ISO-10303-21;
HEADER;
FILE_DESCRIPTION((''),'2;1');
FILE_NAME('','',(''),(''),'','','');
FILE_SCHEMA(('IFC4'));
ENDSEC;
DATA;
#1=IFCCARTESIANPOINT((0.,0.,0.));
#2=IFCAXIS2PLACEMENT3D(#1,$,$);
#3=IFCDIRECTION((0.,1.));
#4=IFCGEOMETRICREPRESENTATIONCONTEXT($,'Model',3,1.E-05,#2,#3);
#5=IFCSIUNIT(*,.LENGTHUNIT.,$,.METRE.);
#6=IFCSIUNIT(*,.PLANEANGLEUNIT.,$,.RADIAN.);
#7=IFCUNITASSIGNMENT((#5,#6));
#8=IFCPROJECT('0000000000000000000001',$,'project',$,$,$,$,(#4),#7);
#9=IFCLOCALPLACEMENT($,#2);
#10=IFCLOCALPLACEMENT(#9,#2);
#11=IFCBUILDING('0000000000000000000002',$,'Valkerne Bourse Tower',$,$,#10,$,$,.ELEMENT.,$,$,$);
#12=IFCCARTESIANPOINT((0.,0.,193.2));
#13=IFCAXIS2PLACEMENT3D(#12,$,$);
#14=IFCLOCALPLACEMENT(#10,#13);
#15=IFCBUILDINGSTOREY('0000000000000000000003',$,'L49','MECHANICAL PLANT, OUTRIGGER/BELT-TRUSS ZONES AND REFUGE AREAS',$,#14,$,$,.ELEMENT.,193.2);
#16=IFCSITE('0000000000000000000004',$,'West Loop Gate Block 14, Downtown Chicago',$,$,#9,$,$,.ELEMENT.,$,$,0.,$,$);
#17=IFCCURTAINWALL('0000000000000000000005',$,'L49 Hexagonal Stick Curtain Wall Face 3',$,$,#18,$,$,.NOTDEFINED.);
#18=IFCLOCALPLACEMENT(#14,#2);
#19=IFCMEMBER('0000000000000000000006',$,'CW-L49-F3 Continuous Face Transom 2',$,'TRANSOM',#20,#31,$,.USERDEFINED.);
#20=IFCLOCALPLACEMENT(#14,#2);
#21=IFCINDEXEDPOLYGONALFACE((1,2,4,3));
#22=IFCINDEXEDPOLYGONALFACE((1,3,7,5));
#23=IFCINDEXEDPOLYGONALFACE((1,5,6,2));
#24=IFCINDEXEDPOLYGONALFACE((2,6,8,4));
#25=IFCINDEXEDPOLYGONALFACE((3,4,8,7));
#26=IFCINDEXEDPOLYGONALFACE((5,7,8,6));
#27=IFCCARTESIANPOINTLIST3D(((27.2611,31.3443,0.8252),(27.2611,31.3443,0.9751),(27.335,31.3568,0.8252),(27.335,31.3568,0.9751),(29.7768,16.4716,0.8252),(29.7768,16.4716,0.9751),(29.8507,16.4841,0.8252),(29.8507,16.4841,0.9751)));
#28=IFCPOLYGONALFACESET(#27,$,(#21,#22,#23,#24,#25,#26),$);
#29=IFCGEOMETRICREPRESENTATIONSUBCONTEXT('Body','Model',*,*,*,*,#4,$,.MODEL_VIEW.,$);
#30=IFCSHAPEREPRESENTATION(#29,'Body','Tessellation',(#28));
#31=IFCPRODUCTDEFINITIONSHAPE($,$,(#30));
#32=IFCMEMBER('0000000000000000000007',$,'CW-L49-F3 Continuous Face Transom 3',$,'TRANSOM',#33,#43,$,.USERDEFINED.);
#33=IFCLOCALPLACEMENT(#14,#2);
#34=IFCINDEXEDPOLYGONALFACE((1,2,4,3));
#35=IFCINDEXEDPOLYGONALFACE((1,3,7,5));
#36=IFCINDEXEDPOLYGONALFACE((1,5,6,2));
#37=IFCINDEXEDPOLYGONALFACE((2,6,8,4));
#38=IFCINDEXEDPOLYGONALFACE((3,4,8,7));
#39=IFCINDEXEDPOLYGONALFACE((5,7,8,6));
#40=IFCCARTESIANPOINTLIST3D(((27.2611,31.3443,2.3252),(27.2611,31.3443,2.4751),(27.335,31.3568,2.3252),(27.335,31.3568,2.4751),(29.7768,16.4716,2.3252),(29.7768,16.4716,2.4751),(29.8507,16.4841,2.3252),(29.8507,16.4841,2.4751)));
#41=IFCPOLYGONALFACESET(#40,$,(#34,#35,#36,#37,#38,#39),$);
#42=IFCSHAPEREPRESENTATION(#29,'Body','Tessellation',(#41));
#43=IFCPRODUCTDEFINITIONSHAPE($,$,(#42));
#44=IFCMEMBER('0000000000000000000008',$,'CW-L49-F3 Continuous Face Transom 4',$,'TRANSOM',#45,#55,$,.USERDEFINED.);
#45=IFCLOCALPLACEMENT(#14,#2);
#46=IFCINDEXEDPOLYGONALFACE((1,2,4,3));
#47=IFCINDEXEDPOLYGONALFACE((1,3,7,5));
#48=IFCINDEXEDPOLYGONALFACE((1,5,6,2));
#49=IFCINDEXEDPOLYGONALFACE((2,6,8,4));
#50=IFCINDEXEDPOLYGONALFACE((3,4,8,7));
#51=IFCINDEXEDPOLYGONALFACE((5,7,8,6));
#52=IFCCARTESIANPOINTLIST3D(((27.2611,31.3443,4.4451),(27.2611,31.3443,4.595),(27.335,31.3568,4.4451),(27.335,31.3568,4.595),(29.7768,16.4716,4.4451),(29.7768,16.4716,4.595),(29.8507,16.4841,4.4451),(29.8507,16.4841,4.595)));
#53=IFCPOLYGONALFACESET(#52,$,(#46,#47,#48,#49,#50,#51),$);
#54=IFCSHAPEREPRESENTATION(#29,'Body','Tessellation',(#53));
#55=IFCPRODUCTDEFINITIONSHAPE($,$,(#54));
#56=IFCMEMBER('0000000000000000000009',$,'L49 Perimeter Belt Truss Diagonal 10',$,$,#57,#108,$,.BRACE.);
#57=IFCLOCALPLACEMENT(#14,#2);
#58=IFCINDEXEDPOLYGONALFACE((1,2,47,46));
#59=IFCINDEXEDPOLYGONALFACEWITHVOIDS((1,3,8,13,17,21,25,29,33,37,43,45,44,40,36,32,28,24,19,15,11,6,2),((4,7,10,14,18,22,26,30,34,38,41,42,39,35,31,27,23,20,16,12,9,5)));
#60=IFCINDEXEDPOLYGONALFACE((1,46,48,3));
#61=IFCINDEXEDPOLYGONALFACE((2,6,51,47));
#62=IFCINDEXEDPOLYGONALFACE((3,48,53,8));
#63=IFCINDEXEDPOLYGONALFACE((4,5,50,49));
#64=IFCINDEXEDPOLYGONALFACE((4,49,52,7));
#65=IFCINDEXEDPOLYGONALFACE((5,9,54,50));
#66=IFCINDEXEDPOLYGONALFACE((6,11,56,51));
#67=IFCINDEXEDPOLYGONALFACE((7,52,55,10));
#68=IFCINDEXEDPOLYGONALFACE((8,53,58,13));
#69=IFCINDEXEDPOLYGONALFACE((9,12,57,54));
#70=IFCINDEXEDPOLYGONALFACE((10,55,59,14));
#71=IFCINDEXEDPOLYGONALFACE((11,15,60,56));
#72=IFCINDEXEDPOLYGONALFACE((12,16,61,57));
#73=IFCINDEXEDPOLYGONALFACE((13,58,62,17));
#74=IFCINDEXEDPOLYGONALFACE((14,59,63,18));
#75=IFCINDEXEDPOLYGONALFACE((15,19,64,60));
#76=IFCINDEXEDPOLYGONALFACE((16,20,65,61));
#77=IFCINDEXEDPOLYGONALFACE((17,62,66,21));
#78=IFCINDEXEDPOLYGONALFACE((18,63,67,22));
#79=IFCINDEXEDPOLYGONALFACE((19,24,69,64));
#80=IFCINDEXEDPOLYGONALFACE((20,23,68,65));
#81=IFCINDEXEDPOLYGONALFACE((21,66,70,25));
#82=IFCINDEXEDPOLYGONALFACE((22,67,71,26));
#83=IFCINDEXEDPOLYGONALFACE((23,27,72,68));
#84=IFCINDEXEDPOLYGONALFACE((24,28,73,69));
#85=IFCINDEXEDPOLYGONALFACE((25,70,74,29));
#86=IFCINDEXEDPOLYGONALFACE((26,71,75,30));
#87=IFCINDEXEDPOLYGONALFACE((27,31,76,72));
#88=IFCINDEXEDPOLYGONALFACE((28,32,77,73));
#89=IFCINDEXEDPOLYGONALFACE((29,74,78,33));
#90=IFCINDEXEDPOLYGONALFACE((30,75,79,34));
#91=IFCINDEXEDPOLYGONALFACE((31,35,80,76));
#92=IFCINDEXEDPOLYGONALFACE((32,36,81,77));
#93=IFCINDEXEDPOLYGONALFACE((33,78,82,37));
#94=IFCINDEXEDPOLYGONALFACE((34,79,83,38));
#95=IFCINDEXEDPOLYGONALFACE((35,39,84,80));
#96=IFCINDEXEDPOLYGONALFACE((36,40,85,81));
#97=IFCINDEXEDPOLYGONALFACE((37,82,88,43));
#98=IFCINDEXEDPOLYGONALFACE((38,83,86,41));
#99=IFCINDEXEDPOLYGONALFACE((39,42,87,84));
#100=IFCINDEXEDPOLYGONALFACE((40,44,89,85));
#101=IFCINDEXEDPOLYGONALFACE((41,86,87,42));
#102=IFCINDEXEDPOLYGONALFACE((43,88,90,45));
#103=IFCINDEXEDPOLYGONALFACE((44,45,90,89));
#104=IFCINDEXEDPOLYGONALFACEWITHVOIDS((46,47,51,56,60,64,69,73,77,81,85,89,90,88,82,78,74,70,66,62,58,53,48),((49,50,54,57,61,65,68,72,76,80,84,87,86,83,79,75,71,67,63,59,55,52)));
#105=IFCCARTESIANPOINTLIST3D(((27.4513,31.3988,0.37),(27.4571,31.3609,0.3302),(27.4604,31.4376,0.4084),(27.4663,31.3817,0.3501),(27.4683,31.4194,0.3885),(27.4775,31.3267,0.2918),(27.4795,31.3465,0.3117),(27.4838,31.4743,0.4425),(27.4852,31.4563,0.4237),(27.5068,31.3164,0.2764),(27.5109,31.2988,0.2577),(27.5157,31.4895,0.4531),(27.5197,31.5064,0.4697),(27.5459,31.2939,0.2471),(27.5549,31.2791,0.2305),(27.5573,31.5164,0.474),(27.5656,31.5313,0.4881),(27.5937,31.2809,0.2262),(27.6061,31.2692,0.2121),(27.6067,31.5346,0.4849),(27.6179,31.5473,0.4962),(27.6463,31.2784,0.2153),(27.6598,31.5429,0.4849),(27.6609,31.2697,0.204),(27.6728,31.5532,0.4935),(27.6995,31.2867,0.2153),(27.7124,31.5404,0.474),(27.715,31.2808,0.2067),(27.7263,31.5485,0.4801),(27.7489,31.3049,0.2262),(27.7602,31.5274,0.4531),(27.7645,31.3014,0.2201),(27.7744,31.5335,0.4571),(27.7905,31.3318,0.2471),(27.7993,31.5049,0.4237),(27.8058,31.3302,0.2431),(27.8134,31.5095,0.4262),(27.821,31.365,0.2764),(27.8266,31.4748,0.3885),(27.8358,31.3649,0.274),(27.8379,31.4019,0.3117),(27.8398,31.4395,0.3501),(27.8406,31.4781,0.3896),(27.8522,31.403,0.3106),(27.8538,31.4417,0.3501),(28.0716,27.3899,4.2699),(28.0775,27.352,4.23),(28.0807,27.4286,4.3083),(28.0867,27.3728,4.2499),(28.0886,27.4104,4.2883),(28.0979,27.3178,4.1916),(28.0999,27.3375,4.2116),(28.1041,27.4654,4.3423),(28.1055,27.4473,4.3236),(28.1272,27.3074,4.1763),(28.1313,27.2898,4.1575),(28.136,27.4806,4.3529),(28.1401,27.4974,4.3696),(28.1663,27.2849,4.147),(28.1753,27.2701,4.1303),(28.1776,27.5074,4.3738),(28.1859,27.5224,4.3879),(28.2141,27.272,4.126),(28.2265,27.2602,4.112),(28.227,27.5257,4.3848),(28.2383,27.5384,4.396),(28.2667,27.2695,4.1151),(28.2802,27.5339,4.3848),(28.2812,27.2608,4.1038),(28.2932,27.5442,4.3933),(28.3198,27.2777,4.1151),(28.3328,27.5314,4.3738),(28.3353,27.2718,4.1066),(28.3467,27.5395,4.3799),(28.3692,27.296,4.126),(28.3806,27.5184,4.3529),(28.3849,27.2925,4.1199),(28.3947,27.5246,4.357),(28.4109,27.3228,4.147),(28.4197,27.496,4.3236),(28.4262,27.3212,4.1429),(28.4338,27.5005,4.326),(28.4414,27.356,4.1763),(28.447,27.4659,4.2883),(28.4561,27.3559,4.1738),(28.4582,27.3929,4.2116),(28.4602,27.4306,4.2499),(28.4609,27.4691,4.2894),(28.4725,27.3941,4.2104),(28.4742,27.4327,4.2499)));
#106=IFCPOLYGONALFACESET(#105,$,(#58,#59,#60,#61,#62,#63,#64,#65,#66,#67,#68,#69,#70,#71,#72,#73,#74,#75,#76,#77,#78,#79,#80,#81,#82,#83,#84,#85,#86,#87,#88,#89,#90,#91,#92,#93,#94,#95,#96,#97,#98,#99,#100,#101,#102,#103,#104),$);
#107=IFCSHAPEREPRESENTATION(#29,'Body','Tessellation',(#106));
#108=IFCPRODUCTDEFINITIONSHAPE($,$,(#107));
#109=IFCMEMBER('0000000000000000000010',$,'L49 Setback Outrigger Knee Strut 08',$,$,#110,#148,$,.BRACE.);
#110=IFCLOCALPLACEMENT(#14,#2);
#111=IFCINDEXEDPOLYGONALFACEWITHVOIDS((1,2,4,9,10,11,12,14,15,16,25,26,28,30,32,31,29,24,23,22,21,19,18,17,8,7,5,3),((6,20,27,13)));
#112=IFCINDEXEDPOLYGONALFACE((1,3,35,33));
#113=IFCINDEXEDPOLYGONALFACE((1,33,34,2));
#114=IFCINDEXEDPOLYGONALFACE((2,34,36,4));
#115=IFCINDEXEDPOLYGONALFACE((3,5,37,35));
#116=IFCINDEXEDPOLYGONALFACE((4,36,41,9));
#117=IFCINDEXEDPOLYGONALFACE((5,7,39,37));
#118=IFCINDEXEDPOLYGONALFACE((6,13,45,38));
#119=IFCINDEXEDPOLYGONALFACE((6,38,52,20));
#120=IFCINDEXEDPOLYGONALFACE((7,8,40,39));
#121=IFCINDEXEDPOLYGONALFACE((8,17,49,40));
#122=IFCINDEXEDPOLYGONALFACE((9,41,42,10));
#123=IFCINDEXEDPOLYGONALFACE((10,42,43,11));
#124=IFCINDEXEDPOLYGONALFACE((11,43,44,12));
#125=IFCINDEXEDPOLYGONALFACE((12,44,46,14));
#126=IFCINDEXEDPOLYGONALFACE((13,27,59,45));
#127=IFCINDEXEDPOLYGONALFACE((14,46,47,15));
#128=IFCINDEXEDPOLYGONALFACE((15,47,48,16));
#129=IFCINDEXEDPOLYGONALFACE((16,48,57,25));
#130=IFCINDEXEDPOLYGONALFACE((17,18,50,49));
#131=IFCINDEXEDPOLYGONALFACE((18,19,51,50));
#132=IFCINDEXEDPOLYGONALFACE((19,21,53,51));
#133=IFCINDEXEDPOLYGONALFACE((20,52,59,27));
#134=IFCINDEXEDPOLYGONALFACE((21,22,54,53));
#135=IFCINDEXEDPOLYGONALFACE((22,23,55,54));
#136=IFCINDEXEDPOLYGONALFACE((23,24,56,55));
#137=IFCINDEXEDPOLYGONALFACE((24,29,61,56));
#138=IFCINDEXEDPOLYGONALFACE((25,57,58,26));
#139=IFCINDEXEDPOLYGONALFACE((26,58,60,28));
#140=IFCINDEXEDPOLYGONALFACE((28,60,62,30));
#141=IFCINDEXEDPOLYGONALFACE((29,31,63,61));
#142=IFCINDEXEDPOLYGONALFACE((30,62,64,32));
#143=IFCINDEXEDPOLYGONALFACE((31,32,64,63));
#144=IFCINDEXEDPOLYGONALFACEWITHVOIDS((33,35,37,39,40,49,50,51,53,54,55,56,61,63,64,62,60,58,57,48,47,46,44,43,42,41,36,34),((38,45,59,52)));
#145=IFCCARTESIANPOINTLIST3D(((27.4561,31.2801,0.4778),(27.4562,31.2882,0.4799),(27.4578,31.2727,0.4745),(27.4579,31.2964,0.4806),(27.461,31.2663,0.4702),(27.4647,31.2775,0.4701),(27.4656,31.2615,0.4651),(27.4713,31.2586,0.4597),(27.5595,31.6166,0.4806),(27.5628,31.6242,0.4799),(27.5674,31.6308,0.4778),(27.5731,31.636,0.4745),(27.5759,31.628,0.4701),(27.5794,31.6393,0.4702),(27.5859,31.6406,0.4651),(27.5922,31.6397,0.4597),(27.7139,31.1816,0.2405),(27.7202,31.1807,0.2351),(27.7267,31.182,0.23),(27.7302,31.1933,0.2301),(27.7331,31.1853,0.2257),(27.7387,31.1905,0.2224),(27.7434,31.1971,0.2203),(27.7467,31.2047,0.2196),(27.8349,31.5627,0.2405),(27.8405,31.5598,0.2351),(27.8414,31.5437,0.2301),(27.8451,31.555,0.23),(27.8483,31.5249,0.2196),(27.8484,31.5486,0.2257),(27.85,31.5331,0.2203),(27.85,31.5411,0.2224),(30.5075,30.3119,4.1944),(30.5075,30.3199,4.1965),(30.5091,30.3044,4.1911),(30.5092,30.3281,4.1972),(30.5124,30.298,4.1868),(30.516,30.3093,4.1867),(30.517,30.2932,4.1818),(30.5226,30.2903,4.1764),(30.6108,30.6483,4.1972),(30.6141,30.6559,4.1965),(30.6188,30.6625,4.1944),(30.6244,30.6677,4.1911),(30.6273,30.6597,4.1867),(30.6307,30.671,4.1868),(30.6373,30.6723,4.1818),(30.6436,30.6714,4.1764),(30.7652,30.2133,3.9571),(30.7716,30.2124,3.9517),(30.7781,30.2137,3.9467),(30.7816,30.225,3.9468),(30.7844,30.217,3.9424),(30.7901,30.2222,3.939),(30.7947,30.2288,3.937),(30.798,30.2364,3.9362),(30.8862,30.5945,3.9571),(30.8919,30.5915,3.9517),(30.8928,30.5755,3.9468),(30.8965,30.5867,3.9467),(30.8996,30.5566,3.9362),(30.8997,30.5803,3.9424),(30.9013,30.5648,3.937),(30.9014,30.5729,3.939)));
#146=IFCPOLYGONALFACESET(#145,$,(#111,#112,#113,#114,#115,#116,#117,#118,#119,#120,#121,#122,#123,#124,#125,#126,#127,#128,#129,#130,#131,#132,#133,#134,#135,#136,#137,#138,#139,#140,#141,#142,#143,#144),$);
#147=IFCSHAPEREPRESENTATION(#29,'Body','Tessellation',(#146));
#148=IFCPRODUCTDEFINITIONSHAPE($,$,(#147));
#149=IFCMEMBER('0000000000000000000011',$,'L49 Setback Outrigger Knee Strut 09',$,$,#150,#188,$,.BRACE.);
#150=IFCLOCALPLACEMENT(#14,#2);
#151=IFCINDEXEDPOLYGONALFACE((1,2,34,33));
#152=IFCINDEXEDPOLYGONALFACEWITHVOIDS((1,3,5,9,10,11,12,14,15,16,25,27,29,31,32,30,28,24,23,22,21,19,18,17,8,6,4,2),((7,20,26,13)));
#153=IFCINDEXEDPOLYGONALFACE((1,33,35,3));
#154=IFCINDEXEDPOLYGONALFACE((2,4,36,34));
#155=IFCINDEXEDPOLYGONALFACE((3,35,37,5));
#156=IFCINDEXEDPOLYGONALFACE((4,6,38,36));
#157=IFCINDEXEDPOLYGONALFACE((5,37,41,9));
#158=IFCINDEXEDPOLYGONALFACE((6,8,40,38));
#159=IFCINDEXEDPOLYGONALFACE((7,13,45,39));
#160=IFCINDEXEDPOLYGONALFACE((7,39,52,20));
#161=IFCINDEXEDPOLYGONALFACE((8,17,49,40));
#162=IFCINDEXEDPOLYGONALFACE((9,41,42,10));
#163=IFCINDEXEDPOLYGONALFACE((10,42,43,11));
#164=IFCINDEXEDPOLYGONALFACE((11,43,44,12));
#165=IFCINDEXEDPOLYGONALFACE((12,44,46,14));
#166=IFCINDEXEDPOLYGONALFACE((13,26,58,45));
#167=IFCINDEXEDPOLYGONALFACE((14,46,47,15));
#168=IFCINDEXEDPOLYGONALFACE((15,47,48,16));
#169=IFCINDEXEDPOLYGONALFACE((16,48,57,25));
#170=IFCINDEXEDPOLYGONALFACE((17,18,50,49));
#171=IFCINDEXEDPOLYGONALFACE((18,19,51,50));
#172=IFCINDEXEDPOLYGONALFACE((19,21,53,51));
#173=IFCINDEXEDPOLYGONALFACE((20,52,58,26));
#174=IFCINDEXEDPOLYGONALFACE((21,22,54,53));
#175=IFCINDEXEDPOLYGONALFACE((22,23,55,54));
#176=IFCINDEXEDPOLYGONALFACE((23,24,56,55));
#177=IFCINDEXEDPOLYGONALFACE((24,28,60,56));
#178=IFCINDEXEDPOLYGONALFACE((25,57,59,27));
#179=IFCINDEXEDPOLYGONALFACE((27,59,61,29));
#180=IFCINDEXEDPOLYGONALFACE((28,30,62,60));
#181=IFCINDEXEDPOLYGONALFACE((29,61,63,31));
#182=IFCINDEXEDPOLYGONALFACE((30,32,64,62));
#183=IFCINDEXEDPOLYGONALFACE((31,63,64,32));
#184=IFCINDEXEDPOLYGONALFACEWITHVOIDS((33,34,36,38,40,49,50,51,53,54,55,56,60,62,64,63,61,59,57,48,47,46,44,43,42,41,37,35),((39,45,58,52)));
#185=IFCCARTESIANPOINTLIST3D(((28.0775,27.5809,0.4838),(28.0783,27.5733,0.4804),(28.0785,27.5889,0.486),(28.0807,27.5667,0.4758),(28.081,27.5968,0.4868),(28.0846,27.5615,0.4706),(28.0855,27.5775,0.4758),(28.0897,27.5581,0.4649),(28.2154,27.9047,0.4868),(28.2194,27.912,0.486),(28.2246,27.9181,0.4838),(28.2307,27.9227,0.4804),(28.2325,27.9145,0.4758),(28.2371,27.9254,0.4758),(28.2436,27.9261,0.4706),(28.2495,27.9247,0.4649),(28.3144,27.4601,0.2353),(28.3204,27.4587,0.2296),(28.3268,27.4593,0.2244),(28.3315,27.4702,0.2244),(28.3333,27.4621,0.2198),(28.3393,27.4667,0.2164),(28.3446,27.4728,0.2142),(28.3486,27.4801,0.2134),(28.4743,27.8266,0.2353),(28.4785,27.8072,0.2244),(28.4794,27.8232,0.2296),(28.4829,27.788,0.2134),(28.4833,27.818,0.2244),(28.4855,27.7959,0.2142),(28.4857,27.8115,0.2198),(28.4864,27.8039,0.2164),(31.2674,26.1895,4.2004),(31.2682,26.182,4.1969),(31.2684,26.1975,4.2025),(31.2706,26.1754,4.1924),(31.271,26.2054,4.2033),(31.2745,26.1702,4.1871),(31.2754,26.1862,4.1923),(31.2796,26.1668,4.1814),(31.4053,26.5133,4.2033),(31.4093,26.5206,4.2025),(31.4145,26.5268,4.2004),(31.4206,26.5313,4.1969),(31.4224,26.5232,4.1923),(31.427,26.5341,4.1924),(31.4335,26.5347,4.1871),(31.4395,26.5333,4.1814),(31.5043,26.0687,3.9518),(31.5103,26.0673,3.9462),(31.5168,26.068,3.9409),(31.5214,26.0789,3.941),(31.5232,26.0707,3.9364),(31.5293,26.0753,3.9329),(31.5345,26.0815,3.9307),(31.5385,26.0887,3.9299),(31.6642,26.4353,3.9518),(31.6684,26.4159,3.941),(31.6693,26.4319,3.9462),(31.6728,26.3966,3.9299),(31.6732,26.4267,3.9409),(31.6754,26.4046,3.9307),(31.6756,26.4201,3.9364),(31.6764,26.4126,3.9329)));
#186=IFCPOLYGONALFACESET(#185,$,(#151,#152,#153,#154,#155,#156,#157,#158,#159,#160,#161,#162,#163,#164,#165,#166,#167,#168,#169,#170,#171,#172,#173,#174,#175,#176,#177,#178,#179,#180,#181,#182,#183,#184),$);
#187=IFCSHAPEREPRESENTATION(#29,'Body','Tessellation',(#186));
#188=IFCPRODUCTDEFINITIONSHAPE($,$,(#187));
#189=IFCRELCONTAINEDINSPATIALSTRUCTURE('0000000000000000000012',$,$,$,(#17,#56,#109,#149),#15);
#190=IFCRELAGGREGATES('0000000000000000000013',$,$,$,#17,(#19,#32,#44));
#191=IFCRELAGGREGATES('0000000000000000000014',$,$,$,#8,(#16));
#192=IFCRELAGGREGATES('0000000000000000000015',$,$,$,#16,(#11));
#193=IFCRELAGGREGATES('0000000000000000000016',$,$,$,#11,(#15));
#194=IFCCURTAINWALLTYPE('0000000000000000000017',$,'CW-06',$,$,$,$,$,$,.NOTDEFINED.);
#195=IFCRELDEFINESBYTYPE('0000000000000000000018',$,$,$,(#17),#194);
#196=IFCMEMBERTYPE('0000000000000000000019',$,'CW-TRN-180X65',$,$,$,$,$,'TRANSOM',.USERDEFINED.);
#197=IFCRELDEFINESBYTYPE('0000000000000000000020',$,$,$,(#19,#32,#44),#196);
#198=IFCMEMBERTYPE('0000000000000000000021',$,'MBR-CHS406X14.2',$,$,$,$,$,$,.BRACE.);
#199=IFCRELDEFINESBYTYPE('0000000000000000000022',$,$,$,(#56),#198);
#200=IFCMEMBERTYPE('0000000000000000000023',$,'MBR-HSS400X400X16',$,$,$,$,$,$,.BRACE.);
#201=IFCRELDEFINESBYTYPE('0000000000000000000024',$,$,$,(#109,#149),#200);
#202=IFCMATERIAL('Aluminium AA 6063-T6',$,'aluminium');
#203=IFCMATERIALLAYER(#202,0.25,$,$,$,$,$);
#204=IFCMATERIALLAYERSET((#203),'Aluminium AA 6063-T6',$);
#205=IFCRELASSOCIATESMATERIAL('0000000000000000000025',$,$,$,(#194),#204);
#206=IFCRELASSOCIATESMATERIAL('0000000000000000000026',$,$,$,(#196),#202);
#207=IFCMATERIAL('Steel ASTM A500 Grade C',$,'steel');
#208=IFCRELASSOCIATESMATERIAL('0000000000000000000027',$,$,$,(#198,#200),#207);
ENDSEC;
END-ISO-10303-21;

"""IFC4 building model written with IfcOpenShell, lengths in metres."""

from ifc_helpers import new_model, si_unit, direction, frame, origin, origin_2d, place, context, subcontext, project, spatial, rectangle, hollow_rectangle, hollow_circle, extrude, material, layer, layer_set, material_profile, profile_set, type_object, element, aggregate, save


model = new_model("IFC4")

# Units and contexts
model_context = context("Model", 3, precision=1e-05, world=origin(), true_north=direction((0.0, 1.0)))
body_context = subcontext(model_context, "Body", "Model", "MODEL_VIEW")
ifc_project = project(units=[si_unit("LENGTHUNIT", "METRE"), si_unit("PLANEANGLEUNIT", "RADIAN")], contexts=[model_context])

# Site, building, storey
site_placement = place(None, origin())
site = spatial("IfcSite", under=ifc_project, at=site_placement, Name="West Loop Gate Block 14, Downtown Chicago", CompositionType="ELEMENT", RefElevation=0.0)
building_placement = place(site_placement, origin())
building = spatial("IfcBuilding", under=site, at=building_placement, Name="Valkerne Bourse Tower", CompositionType="ELEMENT")
storey_placement = place(building_placement, frame((0.0, 0.0, 193.2)))
storey = spatial("IfcBuildingStorey", under=building, at=storey_placement, Name="L49", Description="MECHANICAL PLANT, OUTRIGGER/BELT-TRUSS ZONES AND REFUGE AREAS", CompositionType="ELEMENT", Elevation=193.2)

# Curtain wall, members
ifc_material_1 = material(Name="Aluminium AA 6063-T6", Category="aluminium")
ifc_layer_1 = layer(ifc_material_1, 0.25)
ifc_layer_set_1 = layer_set([ifc_layer_1], Name="Aluminium AA 6063-T6")
curtain_wall_type = type_object("IfcCurtainWallType", Name="CW-06", PredefinedType="NOTDEFINED", material=ifc_layer_set_1)
curtain_wall_placement = place(storey_placement, origin())
curtain_wall = element("IfcCurtainWall", 1, at=curtain_wall_placement, inside=storey, type_object=curtain_wall_type, Name="L49 Hexagonal Stick Curtain Wall Face 3", PredefinedType="NOTDEFINED")
ifc_material_profile_1 = material_profile(ifc_material_1, rectangle(XDim=0.075, YDim=0.1499, at=origin_2d()), Name="CWT-75X150")
ifc_profile_set_1 = profile_set([ifc_material_profile_1], Name="Aluminium AA 6063-T6")
member_type_1 = type_object("IfcMemberType", Name="CW-TRN-180X65", ElementType="TRANSOM", PredefinedType="USERDEFINED", material=ifc_profile_set_1)
member_1_placement = place(storey_placement, frame((27.2981, 31.3506, 0.9001), z_axis=(0.166774, -0.985995, 0.0), x_axis=(0.985995, 0.166774, 0.0)))
member_1 = element("IfcMember", 2, at=member_1_placement, type_object=member_type_1, Name="CW-L49-F3 Continuous Face Transom 2", ObjectType="TRANSOM", PredefinedType="USERDEFINED", context=body_context, shape_type="SweptSolid", body=[
    extrude(rectangle(XDim=0.075, YDim=0.1499, at=origin_2d()), origin(), (0.0, 0.0, 1.0), 15.084),
])
member_2_placement = place(storey_placement, frame((27.2981, 31.3506, 2.4001), z_axis=(0.166774, -0.985995, 0.0), x_axis=(0.985995, 0.166774, 0.0)))
member_2 = element("IfcMember", 3, at=member_2_placement, type_object=member_type_1, Name="CW-L49-F3 Continuous Face Transom 3", ObjectType="TRANSOM", PredefinedType="USERDEFINED", context=body_context, shape_type="SweptSolid", body=[
    extrude(rectangle(XDim=0.075, YDim=0.1499, at=origin_2d()), origin(), (0.0, 0.0, 1.0), 15.084),
])
member_3_placement = place(storey_placement, frame((27.2981, 31.3506, 4.52), z_axis=(0.166774, -0.985995, 0.0), x_axis=(0.985995, 0.166774, 0.0)))
member_3 = element("IfcMember", 4, at=member_3_placement, type_object=member_type_1, Name="CW-L49-F3 Continuous Face Transom 4", ObjectType="TRANSOM", PredefinedType="USERDEFINED", context=body_context, shape_type="SweptSolid", body=[
    extrude(rectangle(XDim=0.075, YDim=0.1499, at=origin_2d()), origin(), (0.0, 0.0, 1.0), 15.084),
])

# Members
ifc_material_2 = material(Name="Steel ASTM A500 Grade C", Category="steel")
ifc_material_profile_2 = material_profile(ifc_material_2, hollow_circle(Radius=0.2031, WallThickness=0.0142, at=origin_2d()), Name="CHS406X14.2")
ifc_profile_set_2 = profile_set([ifc_material_profile_2], Name="Steel ASTM A500 Grade C")
member_type_2 = type_object("IfcMemberType", Name="MBR-CHS406X14.2", PredefinedType="BRACE", material=ifc_profile_set_2)
member_4_placement = place(storey_placement, frame((27.6531, 31.4106, 0.3501), z_axis=(0.110242, -0.712427, 0.693033), x_axis=(0.988238, 0.152921, 0.0)))
element("IfcMember", 5, at=member_4_placement, inside=storey, type_object=member_type_2, Name="L49 Perimeter Belt Truss Diagonal 10", PredefinedType="BRACE", context=body_context, shape_type="SweptSolid", body=[
    extrude(hollow_circle(Radius=0.2031, WallThickness=0.0142, at=origin_2d()), origin(), (0.0, 0.0, 1.0), 5.6272),
])
ifc_material_profile_3 = material_profile(ifc_material_2, hollow_rectangle(XDim=0.3999, YDim=0.3999, WallThickness=0.0161, OuterFilletRadius=0.032, at=origin_2d()), Name="HSS400X400X16")
ifc_profile_set_3 = profile_set([ifc_material_profile_3], Name="Steel ASTM A500 Grade C")
member_type_3 = type_object("IfcMemberType", Name="MBR-HSS400X400X16", PredefinedType="BRACE", material=ifc_profile_set_3)
member_5_placement = place(storey_placement, frame((27.6531, 31.4106, 0.3501), z_axis=(0.622054, -0.197397, 0.757683), x_axis=(0.302467, 0.95316, 0.0)))
element("IfcMember", 6, at=member_5_placement, inside=storey, type_object=member_type_3, Name="L49 Setback Outrigger Knee Strut 08", PredefinedType="BRACE", context=body_context, shape_type="SweptSolid", body=[
    extrude(hollow_rectangle(XDim=0.3999, YDim=0.3999, WallThickness=0.0161, OuterFilletRadius=0.032, at=origin_2d()), origin(), (0.0, 0.0, 1.0), 4.9053),
])
member_6_placement = place(storey_placement, frame((28.282, 27.6924, 0.3501), z_axis=(0.626511, -0.273265, 0.729938), x_axis=(0.399796, 0.916604, 0.0)))
element("IfcMember", 7, at=member_6_placement, inside=storey, type_object=member_type_3, Name="L49 Setback Outrigger Knee Strut 09", PredefinedType="BRACE", context=body_context, shape_type="SweptSolid", body=[
    extrude(hollow_rectangle(XDim=0.3999, YDim=0.3999, WallThickness=0.0161, OuterFilletRadius=0.032, at=origin_2d()), origin(), (0.0, 0.0, 1.0), 5.0916),
])

aggregate(curtain_wall, [member_1, member_2, member_3])

save(model, "model.ifc")
